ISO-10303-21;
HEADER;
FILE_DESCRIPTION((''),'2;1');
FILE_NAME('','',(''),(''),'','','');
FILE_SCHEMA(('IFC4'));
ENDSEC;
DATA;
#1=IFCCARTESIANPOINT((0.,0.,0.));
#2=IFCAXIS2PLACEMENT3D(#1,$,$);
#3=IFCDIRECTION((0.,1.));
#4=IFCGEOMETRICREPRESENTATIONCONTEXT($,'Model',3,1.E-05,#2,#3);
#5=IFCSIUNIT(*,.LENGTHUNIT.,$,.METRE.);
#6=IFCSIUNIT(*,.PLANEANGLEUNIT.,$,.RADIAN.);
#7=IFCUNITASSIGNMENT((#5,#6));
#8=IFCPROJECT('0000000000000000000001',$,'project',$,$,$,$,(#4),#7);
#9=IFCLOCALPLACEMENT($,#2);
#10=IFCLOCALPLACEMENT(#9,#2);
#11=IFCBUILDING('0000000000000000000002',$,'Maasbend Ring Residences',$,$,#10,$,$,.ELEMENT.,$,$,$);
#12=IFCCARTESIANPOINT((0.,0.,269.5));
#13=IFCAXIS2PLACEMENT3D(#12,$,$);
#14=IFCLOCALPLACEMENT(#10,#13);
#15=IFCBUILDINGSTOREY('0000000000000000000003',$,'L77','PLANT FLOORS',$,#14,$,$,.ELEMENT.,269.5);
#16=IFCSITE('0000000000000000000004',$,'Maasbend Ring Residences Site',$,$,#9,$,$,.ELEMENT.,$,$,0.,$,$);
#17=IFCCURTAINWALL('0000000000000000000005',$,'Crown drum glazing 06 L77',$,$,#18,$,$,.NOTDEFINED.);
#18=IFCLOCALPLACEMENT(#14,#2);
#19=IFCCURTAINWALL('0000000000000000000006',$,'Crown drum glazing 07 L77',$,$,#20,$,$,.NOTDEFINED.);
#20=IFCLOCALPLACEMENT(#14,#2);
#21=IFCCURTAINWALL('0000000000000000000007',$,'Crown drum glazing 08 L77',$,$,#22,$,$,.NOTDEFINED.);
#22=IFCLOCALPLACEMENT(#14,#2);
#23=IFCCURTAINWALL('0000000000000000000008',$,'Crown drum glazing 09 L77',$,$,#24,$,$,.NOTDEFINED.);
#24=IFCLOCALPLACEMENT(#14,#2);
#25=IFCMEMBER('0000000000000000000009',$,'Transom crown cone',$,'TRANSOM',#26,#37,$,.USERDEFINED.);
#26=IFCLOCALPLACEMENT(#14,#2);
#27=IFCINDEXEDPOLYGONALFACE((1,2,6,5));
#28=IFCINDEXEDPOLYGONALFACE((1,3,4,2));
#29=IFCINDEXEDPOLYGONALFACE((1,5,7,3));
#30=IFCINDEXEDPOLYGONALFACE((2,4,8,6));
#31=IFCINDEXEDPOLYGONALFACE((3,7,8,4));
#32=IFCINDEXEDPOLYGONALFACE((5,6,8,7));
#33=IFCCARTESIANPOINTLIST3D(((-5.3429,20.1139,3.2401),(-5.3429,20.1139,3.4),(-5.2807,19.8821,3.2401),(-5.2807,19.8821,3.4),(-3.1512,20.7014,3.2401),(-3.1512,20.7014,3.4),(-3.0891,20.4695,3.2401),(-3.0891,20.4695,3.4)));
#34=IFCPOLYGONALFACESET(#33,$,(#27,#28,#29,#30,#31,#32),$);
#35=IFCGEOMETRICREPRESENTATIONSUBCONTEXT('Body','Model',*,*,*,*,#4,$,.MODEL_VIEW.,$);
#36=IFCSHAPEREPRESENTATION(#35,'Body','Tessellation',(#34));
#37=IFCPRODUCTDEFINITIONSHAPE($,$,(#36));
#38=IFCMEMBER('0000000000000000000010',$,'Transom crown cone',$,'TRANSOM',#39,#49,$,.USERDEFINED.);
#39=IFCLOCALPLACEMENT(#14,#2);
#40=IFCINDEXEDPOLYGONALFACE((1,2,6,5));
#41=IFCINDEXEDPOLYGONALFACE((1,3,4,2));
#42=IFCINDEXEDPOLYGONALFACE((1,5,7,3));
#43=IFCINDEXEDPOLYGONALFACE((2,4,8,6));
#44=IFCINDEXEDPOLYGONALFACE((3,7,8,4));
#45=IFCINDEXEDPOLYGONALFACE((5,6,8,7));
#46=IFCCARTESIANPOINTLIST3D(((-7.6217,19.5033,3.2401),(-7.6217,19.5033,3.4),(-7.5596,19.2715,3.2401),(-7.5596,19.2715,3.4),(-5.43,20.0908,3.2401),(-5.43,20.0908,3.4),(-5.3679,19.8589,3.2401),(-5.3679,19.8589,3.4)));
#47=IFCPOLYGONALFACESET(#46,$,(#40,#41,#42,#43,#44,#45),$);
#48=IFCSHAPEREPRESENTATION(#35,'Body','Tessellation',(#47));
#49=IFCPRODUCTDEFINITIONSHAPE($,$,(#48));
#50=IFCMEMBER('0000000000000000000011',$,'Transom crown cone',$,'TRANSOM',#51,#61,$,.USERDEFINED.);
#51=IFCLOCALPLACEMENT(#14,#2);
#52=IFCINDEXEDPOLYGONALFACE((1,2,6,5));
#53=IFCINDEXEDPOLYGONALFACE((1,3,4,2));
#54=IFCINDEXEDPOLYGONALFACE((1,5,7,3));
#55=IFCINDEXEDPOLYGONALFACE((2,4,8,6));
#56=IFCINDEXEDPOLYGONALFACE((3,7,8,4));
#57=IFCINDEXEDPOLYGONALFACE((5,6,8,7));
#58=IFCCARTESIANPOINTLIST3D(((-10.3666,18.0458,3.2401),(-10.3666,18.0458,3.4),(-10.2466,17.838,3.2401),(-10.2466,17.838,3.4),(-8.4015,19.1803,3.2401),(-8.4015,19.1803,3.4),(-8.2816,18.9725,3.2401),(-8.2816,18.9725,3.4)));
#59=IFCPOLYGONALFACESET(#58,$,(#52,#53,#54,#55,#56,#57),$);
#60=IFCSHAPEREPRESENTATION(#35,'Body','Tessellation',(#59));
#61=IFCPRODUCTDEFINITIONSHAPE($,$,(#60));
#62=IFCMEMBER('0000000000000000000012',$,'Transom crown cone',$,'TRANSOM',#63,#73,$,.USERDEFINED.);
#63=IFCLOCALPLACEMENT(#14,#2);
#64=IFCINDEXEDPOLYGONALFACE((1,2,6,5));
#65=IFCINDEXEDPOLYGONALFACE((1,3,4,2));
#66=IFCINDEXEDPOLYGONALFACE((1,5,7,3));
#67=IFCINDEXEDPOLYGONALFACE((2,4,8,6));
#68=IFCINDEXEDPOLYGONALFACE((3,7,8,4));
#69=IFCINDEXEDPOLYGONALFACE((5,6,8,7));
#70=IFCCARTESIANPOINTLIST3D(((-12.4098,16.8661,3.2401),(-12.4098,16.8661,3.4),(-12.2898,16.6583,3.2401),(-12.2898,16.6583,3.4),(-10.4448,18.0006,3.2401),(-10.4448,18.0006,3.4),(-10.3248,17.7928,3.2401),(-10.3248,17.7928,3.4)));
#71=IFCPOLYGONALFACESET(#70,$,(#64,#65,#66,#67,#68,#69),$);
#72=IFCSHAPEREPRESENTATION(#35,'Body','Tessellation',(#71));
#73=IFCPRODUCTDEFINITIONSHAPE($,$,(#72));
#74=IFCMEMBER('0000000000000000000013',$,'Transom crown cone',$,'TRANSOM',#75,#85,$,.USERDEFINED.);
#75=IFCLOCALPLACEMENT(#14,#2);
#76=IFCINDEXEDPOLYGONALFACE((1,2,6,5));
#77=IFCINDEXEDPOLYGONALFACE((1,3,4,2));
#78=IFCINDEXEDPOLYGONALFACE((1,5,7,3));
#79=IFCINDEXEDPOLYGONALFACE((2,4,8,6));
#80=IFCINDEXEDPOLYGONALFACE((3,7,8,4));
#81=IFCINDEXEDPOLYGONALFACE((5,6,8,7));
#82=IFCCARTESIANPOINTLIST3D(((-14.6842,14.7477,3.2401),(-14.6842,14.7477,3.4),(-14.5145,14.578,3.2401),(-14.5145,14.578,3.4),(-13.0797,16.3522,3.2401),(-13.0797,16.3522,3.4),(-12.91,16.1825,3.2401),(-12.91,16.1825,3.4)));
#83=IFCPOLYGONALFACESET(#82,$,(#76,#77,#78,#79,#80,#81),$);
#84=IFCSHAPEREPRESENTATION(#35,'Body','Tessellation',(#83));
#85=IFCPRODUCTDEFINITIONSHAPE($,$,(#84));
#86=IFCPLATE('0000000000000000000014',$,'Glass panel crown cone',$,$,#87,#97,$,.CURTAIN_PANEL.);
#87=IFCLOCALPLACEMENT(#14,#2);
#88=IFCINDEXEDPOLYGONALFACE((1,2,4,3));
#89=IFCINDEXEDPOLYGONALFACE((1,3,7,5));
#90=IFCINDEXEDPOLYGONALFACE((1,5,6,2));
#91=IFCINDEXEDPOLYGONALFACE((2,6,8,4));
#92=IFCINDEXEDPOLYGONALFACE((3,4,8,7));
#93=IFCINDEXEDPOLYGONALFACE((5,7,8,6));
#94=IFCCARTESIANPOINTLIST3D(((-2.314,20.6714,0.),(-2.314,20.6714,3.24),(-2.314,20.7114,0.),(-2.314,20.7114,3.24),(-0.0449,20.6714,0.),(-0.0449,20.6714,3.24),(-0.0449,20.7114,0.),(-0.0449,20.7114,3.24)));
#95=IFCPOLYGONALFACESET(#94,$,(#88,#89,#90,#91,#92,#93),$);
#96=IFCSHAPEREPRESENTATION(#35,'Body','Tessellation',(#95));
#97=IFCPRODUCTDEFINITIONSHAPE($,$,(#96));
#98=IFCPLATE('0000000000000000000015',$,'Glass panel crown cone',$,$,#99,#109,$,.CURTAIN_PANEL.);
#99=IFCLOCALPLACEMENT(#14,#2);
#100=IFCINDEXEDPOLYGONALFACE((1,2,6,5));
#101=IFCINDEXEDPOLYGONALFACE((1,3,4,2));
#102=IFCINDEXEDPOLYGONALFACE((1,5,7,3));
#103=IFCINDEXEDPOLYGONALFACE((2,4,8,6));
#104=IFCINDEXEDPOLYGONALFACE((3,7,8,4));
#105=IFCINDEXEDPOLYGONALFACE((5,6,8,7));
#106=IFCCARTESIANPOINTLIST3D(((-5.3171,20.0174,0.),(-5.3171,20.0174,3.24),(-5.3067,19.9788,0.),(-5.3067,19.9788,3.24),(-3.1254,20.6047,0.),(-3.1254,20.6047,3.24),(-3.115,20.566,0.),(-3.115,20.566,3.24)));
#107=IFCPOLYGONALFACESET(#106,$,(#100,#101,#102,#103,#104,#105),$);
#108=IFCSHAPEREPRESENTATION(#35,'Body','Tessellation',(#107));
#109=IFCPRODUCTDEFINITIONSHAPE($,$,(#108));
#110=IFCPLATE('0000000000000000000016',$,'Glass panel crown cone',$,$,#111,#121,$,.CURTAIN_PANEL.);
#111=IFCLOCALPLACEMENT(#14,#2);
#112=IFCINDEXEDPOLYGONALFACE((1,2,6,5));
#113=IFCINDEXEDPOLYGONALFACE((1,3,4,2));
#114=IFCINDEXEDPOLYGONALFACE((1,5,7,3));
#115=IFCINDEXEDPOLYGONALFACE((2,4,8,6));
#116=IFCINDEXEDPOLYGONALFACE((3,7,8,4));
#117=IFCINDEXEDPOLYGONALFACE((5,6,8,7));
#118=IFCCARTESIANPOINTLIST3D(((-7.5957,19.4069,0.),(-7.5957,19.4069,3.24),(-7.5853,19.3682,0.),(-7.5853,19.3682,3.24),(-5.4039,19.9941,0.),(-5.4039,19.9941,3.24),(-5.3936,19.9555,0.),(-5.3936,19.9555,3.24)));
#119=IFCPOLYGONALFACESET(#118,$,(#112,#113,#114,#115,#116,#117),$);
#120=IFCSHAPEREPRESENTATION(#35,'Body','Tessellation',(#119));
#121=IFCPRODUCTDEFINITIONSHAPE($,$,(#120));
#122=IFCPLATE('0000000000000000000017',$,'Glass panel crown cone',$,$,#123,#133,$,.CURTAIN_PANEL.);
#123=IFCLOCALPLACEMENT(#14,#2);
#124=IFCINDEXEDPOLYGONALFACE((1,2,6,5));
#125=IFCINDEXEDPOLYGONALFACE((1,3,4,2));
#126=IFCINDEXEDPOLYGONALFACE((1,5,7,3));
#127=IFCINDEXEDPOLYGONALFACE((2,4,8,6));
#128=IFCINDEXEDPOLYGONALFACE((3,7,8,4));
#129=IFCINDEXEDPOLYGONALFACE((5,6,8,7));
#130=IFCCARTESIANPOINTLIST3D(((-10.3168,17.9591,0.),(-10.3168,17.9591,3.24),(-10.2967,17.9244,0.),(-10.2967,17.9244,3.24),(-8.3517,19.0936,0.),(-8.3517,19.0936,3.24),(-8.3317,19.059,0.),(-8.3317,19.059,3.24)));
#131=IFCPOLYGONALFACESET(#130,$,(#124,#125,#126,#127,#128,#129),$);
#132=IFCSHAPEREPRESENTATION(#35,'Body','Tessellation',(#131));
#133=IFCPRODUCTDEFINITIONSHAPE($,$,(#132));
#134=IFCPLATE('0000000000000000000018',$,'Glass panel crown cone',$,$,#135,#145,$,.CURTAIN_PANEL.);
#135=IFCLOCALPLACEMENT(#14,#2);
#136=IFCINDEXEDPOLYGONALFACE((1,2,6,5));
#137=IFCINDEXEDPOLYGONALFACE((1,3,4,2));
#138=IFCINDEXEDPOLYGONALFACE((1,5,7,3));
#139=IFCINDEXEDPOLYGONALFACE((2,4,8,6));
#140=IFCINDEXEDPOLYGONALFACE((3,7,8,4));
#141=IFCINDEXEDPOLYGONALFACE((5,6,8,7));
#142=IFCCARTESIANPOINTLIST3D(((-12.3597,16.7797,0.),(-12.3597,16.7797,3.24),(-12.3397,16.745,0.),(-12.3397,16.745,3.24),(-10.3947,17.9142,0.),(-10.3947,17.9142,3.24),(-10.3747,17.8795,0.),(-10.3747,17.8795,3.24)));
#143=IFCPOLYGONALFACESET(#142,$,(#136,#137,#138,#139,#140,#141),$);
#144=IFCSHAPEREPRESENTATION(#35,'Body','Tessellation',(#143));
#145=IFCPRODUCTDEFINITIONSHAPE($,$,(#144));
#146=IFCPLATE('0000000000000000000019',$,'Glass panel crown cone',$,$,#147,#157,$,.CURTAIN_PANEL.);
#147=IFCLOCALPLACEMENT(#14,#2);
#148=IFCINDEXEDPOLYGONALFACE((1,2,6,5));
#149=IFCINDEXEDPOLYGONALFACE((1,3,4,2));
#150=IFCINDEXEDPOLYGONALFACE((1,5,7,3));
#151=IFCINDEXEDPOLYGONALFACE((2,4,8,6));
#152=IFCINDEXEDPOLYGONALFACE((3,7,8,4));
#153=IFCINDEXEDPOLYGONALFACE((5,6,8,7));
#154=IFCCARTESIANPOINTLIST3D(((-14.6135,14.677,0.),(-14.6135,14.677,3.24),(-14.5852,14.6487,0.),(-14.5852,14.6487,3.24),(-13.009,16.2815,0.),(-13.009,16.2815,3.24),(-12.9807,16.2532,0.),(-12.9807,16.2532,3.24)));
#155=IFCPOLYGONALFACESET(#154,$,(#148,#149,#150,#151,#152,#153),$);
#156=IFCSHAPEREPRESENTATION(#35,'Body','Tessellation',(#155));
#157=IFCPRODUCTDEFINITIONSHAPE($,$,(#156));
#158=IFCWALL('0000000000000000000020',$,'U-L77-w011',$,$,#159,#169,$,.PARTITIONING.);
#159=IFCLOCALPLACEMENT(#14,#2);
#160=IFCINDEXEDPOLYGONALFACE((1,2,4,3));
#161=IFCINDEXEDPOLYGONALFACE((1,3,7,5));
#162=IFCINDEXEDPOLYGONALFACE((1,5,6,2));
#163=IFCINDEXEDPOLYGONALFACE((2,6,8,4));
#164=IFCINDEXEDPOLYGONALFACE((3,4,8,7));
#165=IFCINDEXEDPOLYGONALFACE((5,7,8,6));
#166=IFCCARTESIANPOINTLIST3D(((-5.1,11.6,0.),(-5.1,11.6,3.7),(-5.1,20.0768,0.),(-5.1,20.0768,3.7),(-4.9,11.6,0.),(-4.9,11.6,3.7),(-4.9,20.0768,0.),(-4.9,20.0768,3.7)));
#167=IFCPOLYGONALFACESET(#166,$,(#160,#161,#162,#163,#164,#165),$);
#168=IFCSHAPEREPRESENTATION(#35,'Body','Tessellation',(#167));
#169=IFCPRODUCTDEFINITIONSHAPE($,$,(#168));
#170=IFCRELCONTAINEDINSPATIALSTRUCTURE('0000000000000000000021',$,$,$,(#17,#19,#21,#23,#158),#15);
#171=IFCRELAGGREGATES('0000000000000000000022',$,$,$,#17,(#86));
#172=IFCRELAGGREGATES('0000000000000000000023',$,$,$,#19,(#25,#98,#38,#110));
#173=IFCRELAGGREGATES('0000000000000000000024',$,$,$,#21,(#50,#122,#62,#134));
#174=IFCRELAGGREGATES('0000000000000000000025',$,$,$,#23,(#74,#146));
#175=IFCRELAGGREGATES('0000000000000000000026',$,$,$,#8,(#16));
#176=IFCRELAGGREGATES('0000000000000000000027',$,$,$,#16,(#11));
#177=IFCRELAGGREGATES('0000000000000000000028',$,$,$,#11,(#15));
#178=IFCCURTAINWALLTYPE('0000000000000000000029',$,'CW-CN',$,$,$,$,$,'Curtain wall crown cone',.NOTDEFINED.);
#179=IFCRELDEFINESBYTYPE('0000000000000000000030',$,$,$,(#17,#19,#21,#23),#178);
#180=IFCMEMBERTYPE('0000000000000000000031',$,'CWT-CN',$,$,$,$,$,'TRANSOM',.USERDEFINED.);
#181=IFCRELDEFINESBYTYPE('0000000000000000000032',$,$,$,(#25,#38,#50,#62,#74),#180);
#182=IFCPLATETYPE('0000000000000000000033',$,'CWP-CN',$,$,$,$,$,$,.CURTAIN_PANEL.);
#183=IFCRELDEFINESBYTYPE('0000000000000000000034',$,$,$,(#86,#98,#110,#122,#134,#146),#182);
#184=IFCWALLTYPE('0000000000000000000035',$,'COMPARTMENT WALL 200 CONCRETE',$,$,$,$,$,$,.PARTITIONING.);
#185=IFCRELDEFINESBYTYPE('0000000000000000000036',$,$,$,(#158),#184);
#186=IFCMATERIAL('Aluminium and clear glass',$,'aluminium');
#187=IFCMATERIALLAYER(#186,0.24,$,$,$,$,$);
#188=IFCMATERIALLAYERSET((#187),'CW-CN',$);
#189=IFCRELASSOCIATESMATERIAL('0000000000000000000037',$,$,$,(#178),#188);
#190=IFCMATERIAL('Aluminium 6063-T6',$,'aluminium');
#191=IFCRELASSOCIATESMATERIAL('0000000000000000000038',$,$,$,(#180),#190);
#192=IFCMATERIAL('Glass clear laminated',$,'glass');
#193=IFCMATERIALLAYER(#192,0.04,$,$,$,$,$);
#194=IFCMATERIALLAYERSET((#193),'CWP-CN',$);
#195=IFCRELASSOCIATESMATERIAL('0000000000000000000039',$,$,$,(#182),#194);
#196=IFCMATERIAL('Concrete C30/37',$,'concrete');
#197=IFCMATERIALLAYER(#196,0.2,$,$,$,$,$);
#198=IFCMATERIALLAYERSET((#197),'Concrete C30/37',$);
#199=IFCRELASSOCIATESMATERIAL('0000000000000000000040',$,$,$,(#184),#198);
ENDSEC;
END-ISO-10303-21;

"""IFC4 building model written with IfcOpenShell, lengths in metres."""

from ifc_helpers import new_model, si_unit, direction, frame, frame_2d, origin, origin_2d, place, context, subcontext, project, spatial, rectangle, extrude, material, layer, layer_set, material_profile, profile_set, type_object, element, aggregate, save


model = new_model("IFC4")

# Units and contexts
model_context = context("Model", 3, precision=1e-05, world=origin(), true_north=direction((0.0, 1.0)))
body_context = subcontext(model_context, "Body", "Model", "MODEL_VIEW")
ifc_project = project(units=[si_unit("LENGTHUNIT", "METRE"), si_unit("PLANEANGLEUNIT", "RADIAN")], contexts=[model_context])

# Site, building, storey
site_placement = place(None, origin())
site = spatial("IfcSite", under=ifc_project, at=site_placement, Name="Maasbend Ring Residences Site", CompositionType="ELEMENT", RefElevation=0.0)
building_placement = place(site_placement, origin())
building = spatial("IfcBuilding", under=site, at=building_placement, Name="Maasbend Ring Residences", CompositionType="ELEMENT")
storey_placement = place(building_placement, frame((0.0, 0.0, 269.5)))
storey = spatial("IfcBuildingStorey", under=building, at=storey_placement, Name="L77", Description="PLANT FLOORS", CompositionType="ELEMENT", Elevation=269.5)

# Curtain wall
ifc_material_1 = material(Name="Aluminium and clear glass", Category="aluminium")
ifc_layer_1 = layer(ifc_material_1, 0.24)
ifc_layer_set_1 = layer_set([ifc_layer_1], Name="CW-CN")
curtain_wall_type = type_object("IfcCurtainWallType", Name="CW-CN", ElementType="Curtain wall crown cone", PredefinedType="NOTDEFINED", material=ifc_layer_set_1)
curtain_wall_1_placement = place(storey_placement, origin())
curtain_wall_1 = element("IfcCurtainWall", 1, at=curtain_wall_1_placement, inside=storey, type_object=curtain_wall_type, Name="Crown drum glazing 06 L77", PredefinedType="NOTDEFINED")

# Curtain walls
curtain_wall_2_placement = place(storey_placement, origin())
curtain_wall_2 = element("IfcCurtainWall", 2, at=curtain_wall_2_placement, inside=storey, type_object=curtain_wall_type, Name="Crown drum glazing 07 L77", PredefinedType="NOTDEFINED")
curtain_wall_3_placement = place(storey_placement, origin())
curtain_wall_3 = element("IfcCurtainWall", 3, at=curtain_wall_3_placement, inside=storey, type_object=curtain_wall_type, Name="Crown drum glazing 08 L77", PredefinedType="NOTDEFINED")

# Curtain wall
curtain_wall_4_placement = place(storey_placement, origin())
curtain_wall_4 = element("IfcCurtainWall", 4, at=curtain_wall_4_placement, inside=storey, type_object=curtain_wall_type, Name="Crown drum glazing 09 L77", PredefinedType="NOTDEFINED")

# Members
ifc_material_2 = material(Name="Aluminium 6063-T6", Category="aluminium")
ifc_material_profile_1 = material_profile(ifc_material_2, rectangle(XDim=0.24, YDim=0.1599, at=origin_2d()), Name="AL 240x160")
ifc_profile_set_1 = profile_set([ifc_material_profile_1], Name="Aluminium 6063-T6")
member_type_1 = type_object("IfcMemberType", Name="CWT-CN", ElementType="TRANSOM", PredefinedType="USERDEFINED", material=ifc_profile_set_1)
member_1_placement = place(storey_placement, frame((-3.1201, 20.5854, 3.3201), z_axis=(-0.965909, -0.258881, 0.0), x_axis=(0.258881, -0.965909, 0.0)))
member_1 = element("IfcMember", 5, at=member_1_placement, type_object=member_type_1, Name="Transom crown cone", ObjectType="TRANSOM", PredefinedType="USERDEFINED", context=body_context, shape_type="SweptSolid", body=[
    extrude(rectangle(XDim=0.24, YDim=0.1599, at=origin_2d()), origin(), (0.0, 0.0, 1.0), 2.269),
])
member_2_placement = place(storey_placement, frame((-5.3989, 19.9749, 3.3201), z_axis=(-0.965909, -0.258881, 0.0), x_axis=(0.258881, -0.965909, 0.0)))
member_2 = element("IfcMember", 6, at=member_2_placement, type_object=member_type_1, Name="Transom crown cone", ObjectType="TRANSOM", PredefinedType="USERDEFINED", context=body_context, shape_type="SweptSolid", body=[
    extrude(rectangle(XDim=0.24, YDim=0.1599, at=origin_2d()), origin(), (0.0, 0.0, 1.0), 2.269),
])
member_3_placement = place(storey_placement, frame((-8.3416, 19.0764, 3.3201), z_axis=(-0.86603, -0.499993, 0.0), x_axis=(0.499993, -0.86603, 0.0)))
member_3 = element("IfcMember", 7, at=member_3_placement, type_object=member_type_1, Name="Transom crown cone", ObjectType="TRANSOM", PredefinedType="USERDEFINED", context=body_context, shape_type="SweptSolid", body=[
    extrude(rectangle(XDim=0.24, YDim=0.1599, at=origin_2d()), origin(), (0.0, 0.0, 1.0), 2.269),
])
member_4_placement = place(storey_placement, frame((-10.3848, 17.8967, 3.3201), z_axis=(-0.86603, -0.499993, 0.0), x_axis=(0.499993, -0.86603, 0.0)))
member_4 = element("IfcMember", 8, at=member_4_placement, type_object=member_type_1, Name="Transom crown cone", ObjectType="TRANSOM", PredefinedType="USERDEFINED", context=body_context, shape_type="SweptSolid", body=[
    extrude(rectangle(XDim=0.24, YDim=0.1599, at=origin_2d()), origin(), (0.0, 0.0, 1.0), 2.269),
])
member_5_placement = place(storey_placement, frame((-12.9949, 16.2673, 3.3201), z_axis=(-0.707107, -0.707107, 0.0), x_axis=(0.707107, -0.707107, 0.0)))
member_5 = element("IfcMember", 9, at=member_5_placement, type_object=member_type_1, Name="Transom crown cone", ObjectType="TRANSOM", PredefinedType="USERDEFINED", context=body_context, shape_type="SweptSolid", body=[
    extrude(rectangle(XDim=0.24, YDim=0.1599, at=origin_2d()), origin(), (0.0, 0.0, 1.0), 2.269),
])

# Plates
ifc_material_3 = material(Name="Glass clear laminated", Category="glass")
ifc_layer_2 = layer(ifc_material_3, 0.04)
ifc_layer_set_2 = layer_set([ifc_layer_2], Name="CWP-CN")
plate_type = type_object("IfcPlateType", Name="CWP-CN", PredefinedType="CURTAIN_PANEL", material=ifc_layer_set_2)
plate_1_placement = place(storey_placement, frame((-1.1794, 20.6914, 0.0), z_axis=(0.0, 0.0, 1.0), x_axis=(-1.0, 0.0, 0.0)))
plate_1 = element("IfcPlate", 10, at=plate_1_placement, type_object=plate_type, Name="Glass panel crown cone", PredefinedType="CURTAIN_PANEL", context=body_context, shape_type="SweptSolid", body=[
    extrude(rectangle(XDim=2.269, YDim=0.04, at=origin_2d()), origin(), (0.0, 0.0, 1.0), 3.24),
])
aggregate(curtain_wall_1, [plate_1])
plate_2_placement = place(storey_placement, frame((-4.2161, 20.2917, 0.0), z_axis=(0.0, 0.0, 1.0), x_axis=(-0.965926, -0.258819, 0.0)))
plate_2 = element("IfcPlate", 11, at=plate_2_placement, type_object=plate_type, Name="Glass panel crown cone", PredefinedType="CURTAIN_PANEL", context=body_context, shape_type="SweptSolid", body=[
    extrude(rectangle(XDim=2.269, YDim=0.04, at=origin_2d()), origin(), (0.0, 0.0, 1.0), 3.24),
])
plate_3_placement = place(storey_placement, frame((-6.4946, 19.6812, 0.0), z_axis=(0.0, 0.0, 1.0), x_axis=(-0.965926, -0.258819, 0.0)))
plate_3 = element("IfcPlate", 12, at=plate_3_placement, type_object=plate_type, Name="Glass panel crown cone", PredefinedType="CURTAIN_PANEL", context=body_context, shape_type="SweptSolid", body=[
    extrude(rectangle(XDim=2.269, YDim=0.04, at=origin_2d()), origin(), (0.0, 0.0, 1.0), 3.24),
])
aggregate(curtain_wall_2, [member_1, plate_2, member_2, plate_3])
plate_4_placement = place(storey_placement, frame((-9.3242, 18.509, 0.0), z_axis=(0.0, 0.0, 1.0), x_axis=(-0.866025, -0.5, 0.0)))
plate_4 = element("IfcPlate", 13, at=plate_4_placement, type_object=plate_type, Name="Glass panel crown cone", PredefinedType="CURTAIN_PANEL", context=body_context, shape_type="SweptSolid", body=[
    extrude(rectangle(XDim=2.269, YDim=0.04, at=origin_2d()), origin(), (0.0, 0.0, 1.0), 3.24),
])
plate_5_placement = place(storey_placement, frame((-11.3672, 17.3296, 0.0), z_axis=(0.0, 0.0, 1.0), x_axis=(-0.866025, -0.5, 0.0)))
plate_5 = element("IfcPlate", 14, at=plate_5_placement, type_object=plate_type, Name="Glass panel crown cone", PredefinedType="CURTAIN_PANEL", context=body_context, shape_type="SweptSolid", body=[
    extrude(rectangle(XDim=2.269, YDim=0.04, at=origin_2d()), origin(), (0.0, 0.0, 1.0), 3.24),
])
aggregate(curtain_wall_3, [member_3, plate_4, member_4, plate_5])
plate_6_placement = place(storey_placement, frame((-13.7971, 15.4651, 0.0), z_axis=(0.0, 0.0, 1.0), x_axis=(-0.707107, -0.707107, 0.0)))
plate_6 = element("IfcPlate", 15, at=plate_6_placement, type_object=plate_type, Name="Glass panel crown cone", PredefinedType="CURTAIN_PANEL", context=body_context, shape_type="SweptSolid", body=[
    extrude(rectangle(XDim=2.269, YDim=0.04, at=origin_2d()), origin(), (0.0, 0.0, 1.0), 3.24),
])
aggregate(curtain_wall_4, [member_5, plate_6])

# Wall
ifc_material_4 = material(Name="Concrete C30/37", Category="concrete")
ifc_layer_3 = layer(ifc_material_4, 0.2)
ifc_layer_set_3 = layer_set([ifc_layer_3], Name="Concrete C30/37")
wall_type_1 = type_object("IfcWallType", Name="COMPARTMENT WALL 200 CONCRETE", PredefinedType="PARTITIONING", material=ifc_layer_set_3)
wall_1_placement = place(storey_placement, frame((-5.0, 11.6001, 0.0), z_axis=(0.0, 0.0, 1.0), x_axis=(0.0, 1.0, 0.0)))
element("IfcWall", 16, at=wall_1_placement, inside=storey, type_object=wall_type_1, Name="U-L77-w011", PredefinedType="PARTITIONING", context=body_context, shape_type="SweptSolid", body=[
    extrude(rectangle(XDim=8.4768, YDim=0.2, at=frame_2d((4.2383, 0.0))), origin(), (0.0, 0.0, 1.0), 3.7),
])

save(model, "model.ifc")
